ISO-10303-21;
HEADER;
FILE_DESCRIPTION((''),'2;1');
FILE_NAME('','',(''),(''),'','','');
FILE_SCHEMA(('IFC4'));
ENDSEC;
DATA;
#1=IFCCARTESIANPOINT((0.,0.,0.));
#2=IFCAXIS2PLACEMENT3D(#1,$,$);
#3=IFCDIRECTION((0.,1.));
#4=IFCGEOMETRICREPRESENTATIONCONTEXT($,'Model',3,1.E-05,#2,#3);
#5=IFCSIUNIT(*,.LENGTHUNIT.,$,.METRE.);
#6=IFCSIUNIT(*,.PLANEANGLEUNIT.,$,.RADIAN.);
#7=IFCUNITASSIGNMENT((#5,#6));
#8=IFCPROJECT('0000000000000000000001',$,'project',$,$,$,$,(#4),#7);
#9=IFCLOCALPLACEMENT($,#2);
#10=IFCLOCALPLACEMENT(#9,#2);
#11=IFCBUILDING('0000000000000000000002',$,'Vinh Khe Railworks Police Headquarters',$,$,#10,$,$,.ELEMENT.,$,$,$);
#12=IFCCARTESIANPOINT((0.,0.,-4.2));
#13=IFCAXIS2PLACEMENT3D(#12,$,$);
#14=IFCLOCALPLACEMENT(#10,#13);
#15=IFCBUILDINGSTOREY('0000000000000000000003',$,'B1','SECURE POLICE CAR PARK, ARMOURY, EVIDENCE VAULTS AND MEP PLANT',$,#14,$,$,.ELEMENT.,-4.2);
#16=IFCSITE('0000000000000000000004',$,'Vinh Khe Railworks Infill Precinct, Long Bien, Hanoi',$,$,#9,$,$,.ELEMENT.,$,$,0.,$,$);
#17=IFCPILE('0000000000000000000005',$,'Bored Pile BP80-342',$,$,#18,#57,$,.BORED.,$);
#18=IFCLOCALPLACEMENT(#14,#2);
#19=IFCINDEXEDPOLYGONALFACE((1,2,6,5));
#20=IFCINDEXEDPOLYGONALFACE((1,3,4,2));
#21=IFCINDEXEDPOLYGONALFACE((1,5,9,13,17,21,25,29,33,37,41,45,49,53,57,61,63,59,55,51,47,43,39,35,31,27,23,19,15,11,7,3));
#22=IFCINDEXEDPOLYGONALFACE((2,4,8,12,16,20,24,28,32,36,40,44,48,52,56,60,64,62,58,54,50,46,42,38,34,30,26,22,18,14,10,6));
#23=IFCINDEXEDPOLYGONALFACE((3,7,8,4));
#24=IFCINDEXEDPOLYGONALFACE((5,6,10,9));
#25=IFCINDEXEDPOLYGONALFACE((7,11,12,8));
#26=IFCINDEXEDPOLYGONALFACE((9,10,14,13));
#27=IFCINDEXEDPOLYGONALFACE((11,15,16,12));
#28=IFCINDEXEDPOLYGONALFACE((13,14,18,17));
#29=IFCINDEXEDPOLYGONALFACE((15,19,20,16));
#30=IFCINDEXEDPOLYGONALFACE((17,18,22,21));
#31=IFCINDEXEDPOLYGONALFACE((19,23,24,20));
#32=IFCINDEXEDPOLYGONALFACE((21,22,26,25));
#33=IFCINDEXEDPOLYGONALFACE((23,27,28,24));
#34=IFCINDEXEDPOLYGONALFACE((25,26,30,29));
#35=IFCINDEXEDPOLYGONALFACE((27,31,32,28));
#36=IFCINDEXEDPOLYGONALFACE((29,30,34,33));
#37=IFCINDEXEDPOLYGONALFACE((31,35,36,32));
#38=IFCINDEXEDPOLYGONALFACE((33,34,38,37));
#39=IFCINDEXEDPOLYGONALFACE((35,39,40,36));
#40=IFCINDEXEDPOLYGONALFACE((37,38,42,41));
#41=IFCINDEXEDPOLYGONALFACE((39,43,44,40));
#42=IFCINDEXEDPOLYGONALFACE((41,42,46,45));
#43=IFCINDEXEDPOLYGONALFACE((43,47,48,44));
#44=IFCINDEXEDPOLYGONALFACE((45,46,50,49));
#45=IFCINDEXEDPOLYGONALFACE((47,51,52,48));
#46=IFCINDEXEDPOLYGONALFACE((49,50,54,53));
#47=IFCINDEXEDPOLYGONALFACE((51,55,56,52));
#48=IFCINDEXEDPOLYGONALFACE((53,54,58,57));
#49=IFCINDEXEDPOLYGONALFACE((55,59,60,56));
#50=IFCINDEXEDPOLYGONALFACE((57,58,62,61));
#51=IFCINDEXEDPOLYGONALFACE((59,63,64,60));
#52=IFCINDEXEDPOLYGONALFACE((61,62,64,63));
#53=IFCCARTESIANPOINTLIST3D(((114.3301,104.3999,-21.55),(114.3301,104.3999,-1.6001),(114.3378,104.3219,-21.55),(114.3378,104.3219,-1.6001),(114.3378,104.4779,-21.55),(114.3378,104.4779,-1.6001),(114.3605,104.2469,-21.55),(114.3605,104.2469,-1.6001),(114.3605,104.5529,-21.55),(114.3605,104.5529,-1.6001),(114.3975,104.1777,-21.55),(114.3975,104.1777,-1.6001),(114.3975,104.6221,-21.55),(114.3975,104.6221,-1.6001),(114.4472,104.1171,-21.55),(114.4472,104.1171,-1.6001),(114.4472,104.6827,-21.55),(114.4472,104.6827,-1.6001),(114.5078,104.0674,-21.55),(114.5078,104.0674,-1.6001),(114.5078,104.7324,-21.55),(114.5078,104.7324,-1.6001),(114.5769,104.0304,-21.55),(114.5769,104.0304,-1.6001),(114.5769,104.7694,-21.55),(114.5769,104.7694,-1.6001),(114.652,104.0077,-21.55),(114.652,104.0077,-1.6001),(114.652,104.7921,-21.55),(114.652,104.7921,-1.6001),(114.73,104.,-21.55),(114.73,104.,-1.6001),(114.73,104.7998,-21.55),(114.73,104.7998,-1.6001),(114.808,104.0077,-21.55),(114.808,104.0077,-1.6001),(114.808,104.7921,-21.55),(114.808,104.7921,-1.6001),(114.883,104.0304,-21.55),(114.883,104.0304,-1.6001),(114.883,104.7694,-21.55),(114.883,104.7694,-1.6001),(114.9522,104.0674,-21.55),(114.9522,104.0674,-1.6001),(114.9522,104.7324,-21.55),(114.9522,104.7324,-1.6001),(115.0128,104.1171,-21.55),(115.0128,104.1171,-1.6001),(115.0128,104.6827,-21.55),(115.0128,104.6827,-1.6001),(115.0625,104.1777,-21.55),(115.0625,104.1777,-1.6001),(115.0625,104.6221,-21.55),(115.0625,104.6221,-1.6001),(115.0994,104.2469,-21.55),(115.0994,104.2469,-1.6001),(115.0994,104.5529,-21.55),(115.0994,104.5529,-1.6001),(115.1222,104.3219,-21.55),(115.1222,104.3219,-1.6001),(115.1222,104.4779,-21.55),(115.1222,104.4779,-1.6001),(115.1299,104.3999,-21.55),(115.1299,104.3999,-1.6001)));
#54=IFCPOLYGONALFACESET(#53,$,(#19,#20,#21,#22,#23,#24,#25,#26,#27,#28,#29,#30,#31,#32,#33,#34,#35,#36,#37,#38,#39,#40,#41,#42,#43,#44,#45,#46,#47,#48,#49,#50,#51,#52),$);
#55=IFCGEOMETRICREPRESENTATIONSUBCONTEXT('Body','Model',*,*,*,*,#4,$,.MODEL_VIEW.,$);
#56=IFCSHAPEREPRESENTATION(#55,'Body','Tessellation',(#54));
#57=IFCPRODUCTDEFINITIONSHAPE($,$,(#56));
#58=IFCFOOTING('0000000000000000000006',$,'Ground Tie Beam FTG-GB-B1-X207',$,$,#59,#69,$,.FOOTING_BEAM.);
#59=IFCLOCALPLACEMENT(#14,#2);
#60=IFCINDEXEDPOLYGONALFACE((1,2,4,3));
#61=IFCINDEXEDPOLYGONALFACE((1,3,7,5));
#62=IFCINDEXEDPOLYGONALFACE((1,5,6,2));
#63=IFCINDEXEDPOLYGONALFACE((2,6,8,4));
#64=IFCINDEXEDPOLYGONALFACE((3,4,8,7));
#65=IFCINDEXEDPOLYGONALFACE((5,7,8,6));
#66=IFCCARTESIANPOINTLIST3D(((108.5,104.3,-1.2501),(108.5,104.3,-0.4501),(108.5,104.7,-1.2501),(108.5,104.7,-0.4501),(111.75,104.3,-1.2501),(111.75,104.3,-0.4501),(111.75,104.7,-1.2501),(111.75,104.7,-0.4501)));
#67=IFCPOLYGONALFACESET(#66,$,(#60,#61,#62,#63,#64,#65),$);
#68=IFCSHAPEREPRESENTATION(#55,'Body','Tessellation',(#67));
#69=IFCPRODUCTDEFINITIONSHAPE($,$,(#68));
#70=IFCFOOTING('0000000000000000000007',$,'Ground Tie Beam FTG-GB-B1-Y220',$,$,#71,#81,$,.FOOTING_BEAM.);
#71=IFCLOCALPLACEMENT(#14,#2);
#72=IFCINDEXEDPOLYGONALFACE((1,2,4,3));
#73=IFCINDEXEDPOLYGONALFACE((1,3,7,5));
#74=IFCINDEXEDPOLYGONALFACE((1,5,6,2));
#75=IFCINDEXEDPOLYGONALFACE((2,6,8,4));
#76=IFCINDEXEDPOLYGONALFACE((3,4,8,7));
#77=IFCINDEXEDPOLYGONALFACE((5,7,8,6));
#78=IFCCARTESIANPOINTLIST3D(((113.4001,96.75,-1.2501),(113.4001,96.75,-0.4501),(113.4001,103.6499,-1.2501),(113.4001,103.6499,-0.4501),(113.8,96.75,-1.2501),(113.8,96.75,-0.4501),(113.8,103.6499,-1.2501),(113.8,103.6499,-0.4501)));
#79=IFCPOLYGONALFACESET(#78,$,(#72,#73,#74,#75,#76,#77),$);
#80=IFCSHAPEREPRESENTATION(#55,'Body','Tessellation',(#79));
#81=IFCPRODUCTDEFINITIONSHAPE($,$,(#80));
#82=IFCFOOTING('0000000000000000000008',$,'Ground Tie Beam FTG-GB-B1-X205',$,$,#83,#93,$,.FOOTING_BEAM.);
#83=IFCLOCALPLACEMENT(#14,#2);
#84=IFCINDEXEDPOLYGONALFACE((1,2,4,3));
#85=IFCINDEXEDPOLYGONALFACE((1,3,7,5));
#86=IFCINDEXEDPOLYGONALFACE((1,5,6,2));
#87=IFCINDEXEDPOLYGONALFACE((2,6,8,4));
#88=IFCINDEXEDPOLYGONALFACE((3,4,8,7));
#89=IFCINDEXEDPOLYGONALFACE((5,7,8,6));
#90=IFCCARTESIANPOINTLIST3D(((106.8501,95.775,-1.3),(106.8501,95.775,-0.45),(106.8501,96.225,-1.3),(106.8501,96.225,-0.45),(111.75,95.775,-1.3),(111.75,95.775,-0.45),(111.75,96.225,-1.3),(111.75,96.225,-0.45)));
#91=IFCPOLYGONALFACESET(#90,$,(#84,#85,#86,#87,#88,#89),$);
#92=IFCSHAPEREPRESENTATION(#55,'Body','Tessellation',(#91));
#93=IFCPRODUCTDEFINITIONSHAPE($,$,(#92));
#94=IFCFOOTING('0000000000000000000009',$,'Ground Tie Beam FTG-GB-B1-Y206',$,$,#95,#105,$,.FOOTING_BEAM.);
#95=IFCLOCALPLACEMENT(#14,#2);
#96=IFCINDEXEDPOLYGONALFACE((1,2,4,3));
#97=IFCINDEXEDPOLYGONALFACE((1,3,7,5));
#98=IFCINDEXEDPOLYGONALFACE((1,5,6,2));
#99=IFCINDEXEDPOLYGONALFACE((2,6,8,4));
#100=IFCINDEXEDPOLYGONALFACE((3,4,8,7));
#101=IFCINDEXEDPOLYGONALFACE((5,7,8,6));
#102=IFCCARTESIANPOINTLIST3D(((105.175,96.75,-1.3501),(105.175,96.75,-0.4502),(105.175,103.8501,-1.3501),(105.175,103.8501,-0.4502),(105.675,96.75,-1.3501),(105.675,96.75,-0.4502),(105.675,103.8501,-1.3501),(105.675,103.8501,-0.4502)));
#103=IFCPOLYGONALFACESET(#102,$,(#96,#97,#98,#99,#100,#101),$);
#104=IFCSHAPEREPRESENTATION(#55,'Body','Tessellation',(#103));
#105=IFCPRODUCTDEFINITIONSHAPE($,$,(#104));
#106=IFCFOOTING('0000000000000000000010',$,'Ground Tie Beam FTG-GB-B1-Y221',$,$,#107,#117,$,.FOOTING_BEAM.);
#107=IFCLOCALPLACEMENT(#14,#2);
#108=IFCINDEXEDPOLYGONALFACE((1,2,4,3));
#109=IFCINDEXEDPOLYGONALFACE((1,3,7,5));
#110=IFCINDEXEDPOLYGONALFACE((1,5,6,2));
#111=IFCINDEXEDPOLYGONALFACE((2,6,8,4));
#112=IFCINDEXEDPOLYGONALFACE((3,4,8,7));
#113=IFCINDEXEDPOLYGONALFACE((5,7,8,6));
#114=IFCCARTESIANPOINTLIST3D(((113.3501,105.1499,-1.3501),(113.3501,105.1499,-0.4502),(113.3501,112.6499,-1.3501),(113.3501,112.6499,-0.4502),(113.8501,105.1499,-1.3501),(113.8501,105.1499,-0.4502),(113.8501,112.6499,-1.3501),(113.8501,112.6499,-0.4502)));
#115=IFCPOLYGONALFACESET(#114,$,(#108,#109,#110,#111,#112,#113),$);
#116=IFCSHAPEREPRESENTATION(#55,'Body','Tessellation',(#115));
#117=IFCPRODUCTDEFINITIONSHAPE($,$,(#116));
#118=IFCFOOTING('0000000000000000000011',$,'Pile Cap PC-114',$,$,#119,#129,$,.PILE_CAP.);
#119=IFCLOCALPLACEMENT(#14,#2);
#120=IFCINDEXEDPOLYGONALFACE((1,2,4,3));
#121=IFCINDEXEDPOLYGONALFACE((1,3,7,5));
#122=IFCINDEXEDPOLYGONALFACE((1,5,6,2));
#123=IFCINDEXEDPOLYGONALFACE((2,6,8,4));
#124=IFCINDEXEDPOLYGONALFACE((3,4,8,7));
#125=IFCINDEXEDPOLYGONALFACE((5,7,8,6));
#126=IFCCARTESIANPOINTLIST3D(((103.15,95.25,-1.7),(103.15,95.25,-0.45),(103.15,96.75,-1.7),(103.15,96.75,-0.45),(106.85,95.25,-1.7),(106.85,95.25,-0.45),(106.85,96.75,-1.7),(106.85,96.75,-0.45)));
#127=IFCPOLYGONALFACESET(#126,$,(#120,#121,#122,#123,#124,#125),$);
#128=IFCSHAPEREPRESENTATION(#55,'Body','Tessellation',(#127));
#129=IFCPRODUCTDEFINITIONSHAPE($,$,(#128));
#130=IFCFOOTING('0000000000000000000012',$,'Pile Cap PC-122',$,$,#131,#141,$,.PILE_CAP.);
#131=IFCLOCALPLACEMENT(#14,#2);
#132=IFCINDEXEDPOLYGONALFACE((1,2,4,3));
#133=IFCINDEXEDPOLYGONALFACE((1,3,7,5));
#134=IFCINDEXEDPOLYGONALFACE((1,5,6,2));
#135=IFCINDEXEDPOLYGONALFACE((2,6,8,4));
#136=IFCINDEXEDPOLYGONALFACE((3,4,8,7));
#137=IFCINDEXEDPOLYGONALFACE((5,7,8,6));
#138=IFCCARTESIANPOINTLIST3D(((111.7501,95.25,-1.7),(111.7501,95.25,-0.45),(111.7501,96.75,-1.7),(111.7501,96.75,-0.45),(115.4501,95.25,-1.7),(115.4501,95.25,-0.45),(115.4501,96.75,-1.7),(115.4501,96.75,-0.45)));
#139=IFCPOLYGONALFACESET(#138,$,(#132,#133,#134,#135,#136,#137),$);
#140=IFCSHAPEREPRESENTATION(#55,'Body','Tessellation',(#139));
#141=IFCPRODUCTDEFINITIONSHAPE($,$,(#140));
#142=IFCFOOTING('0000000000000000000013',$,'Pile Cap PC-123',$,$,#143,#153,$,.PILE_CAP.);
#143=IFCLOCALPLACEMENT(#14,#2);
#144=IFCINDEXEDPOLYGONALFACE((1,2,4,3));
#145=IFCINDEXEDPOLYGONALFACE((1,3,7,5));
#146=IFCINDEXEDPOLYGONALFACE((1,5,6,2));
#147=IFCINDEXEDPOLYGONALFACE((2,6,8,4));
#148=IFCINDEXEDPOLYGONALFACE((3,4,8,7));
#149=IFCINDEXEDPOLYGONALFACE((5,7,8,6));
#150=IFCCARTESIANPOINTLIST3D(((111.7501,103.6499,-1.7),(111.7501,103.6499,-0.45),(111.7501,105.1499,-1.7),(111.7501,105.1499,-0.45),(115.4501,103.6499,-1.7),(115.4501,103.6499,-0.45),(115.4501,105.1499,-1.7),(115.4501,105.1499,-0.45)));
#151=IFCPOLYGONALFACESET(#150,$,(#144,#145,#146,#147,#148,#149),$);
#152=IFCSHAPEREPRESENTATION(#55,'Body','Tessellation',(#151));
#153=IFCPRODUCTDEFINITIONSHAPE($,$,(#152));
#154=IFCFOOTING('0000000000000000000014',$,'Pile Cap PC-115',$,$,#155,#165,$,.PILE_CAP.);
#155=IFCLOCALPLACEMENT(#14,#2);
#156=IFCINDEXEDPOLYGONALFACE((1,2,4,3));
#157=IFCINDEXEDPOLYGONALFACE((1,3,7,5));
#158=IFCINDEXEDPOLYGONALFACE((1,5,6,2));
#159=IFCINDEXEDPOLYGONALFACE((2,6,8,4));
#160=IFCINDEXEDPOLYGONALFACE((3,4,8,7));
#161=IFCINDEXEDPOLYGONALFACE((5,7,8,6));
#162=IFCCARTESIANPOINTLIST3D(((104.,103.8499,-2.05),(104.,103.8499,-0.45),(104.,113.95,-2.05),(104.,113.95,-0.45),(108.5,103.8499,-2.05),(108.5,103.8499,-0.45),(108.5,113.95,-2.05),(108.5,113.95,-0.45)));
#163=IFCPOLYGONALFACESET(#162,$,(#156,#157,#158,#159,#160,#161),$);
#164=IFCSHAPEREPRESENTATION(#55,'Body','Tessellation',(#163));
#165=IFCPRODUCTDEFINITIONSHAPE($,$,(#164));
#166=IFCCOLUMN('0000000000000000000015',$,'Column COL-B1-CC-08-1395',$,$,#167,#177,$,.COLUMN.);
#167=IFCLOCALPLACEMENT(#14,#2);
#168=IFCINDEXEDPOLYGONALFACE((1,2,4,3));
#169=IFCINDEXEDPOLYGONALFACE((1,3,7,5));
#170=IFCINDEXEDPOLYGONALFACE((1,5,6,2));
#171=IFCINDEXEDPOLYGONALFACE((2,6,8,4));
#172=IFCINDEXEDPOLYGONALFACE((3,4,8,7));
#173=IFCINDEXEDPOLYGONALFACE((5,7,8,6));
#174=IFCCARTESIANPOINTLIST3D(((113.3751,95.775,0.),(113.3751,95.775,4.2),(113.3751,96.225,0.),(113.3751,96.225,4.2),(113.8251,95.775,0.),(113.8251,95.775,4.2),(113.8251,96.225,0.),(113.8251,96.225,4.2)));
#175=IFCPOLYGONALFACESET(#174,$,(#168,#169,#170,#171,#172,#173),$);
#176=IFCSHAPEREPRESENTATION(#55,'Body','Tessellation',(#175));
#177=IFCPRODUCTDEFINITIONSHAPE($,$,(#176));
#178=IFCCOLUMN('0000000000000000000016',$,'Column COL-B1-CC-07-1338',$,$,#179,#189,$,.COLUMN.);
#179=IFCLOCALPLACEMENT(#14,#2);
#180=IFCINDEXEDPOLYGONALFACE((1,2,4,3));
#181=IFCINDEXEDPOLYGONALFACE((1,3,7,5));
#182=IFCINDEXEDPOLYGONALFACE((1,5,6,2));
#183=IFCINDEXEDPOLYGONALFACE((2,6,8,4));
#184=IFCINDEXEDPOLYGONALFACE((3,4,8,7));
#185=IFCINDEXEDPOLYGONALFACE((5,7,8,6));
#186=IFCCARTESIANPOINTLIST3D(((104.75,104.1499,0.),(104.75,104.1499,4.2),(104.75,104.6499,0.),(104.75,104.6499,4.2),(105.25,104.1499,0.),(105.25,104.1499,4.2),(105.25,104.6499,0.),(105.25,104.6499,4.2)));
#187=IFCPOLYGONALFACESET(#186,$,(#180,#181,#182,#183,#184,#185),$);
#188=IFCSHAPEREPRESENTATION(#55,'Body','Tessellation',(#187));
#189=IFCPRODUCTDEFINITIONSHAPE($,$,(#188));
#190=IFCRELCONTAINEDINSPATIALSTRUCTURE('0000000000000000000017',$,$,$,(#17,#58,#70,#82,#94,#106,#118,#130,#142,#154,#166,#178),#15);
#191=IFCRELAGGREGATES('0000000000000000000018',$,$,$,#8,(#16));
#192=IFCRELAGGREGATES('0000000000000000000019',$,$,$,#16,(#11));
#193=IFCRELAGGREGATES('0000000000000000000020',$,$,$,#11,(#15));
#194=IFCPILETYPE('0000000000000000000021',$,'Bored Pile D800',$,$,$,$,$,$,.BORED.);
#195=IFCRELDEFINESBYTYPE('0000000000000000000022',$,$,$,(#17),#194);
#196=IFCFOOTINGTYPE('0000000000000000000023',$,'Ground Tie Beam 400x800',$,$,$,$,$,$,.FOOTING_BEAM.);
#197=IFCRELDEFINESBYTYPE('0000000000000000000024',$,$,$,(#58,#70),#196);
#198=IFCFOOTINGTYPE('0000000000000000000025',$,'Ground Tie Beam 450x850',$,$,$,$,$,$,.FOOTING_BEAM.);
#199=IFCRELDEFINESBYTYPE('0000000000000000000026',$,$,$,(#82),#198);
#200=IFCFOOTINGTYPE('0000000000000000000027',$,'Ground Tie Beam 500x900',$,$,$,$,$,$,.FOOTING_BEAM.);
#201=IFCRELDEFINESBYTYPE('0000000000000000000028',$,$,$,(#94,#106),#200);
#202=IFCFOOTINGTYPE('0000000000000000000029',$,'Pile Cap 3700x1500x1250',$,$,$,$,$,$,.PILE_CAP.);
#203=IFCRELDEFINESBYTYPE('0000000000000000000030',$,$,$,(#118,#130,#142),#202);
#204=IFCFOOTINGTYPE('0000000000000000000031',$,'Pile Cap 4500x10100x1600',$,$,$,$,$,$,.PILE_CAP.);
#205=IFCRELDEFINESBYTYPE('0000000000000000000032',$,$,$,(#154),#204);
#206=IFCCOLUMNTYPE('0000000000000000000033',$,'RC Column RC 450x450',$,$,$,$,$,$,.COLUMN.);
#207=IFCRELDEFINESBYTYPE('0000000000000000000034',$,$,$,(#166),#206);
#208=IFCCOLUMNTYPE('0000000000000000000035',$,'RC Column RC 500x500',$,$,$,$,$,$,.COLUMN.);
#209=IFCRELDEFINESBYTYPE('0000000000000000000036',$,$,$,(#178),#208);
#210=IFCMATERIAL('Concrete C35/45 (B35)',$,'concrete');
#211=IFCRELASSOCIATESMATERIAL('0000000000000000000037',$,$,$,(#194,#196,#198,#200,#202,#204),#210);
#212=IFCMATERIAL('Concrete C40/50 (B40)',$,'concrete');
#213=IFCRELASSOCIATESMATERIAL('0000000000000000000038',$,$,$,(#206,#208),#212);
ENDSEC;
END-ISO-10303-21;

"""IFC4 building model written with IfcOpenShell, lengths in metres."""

from ifc_helpers import new_model, si_unit, direction, frame, origin, origin_2d, place, context, subcontext, project, spatial, rectangle, circle, extrude, material, material_profile, profile_set, type_object, element, save


model = new_model("IFC4")

# Units and contexts
model_context = context("Model", 3, precision=1e-05, world=origin(), true_north=direction((0.0, 1.0)))
body_context = subcontext(model_context, "Body", "Model", "MODEL_VIEW")
ifc_project = project(units=[si_unit("LENGTHUNIT", "METRE"), si_unit("PLANEANGLEUNIT", "RADIAN")], contexts=[model_context])

# Site, building, storey
site_placement = place(None, origin())
site = spatial("IfcSite", under=ifc_project, at=site_placement, Name="Vinh Khe Railworks Infill Precinct, Long Bien, Hanoi", CompositionType="ELEMENT", RefElevation=0.0)
building_placement = place(site_placement, origin())
building = spatial("IfcBuilding", under=site, at=building_placement, Name="Vinh Khe Railworks Police Headquarters", CompositionType="ELEMENT")
storey_placement = place(building_placement, frame((0.0, 0.0, -4.2)))
storey = spatial("IfcBuildingStorey", under=building, at=storey_placement, Name="B1", Description="SECURE POLICE CAR PARK, ARMOURY, EVIDENCE VAULTS AND MEP PLANT", CompositionType="ELEMENT", Elevation=-4.2)

# Pile
ifc_material_1 = material(Name="Concrete C35/45 (B35)", Category="concrete")
ifc_material_profile_1 = material_profile(ifc_material_1, circle(Radius=0.3999, at=origin_2d()), Name="BORED PILE D800")
ifc_profile_set_1 = profile_set([ifc_material_profile_1], Name="Concrete C35/45 (B35)")
pile_type_1 = type_object("IfcPileType", Name="Bored Pile D800", PredefinedType="BORED", material=ifc_profile_set_1)
for number, where, z_axis, x_axis, name in (
    (1, (114.73, 104.3999, -1.6001), (0.0, 0.0, -1.0), (1.0, 0.0, 0.0), "Bored Pile BP80-342"),
):
    element("IfcPile", number, at=place(storey_placement, frame(where, z_axis=z_axis, x_axis=x_axis)), inside=storey, type_object=pile_type_1, Name=name, PredefinedType="BORED", context=body_context, shape_type="SweptSolid", body=[
        extrude(circle(Radius=0.3999, at=origin_2d()), origin(), (0.0, 0.0, 1.0), 19.95),
    ])

# Footings
ifc_material_profile_2 = material_profile(ifc_material_1, rectangle(XDim=0.3999, YDim=0.8, at=origin_2d()), Name="RC 400x800")
ifc_profile_set_2 = profile_set([ifc_material_profile_2], Name="Concrete C35/45 (B35)")
footing_type_1 = type_object("IfcFootingType", Name="Ground Tie Beam 400x800", PredefinedType="FOOTING_BEAM", material=ifc_profile_set_2)
footing_1_placement = place(storey_placement, frame((108.5, 104.5, -0.8501), z_axis=(1.0, 0.0, 0.0), x_axis=(0.0, 1.0, 0.0)))
element("IfcFooting", 2, at=footing_1_placement, inside=storey, type_object=footing_type_1, Name="Ground Tie Beam FTG-GB-B1-X207", PredefinedType="FOOTING_BEAM", context=body_context, shape_type="SweptSolid", body=[
    extrude(rectangle(XDim=0.3999, YDim=0.8, at=origin_2d()), origin(), (0.0, 0.0, 1.0), 3.25),
])
footing_2_placement = place(storey_placement, frame((113.6001, 96.75, -0.8501), z_axis=(0.0, 1.0, 0.0), x_axis=(-1.0, 0.0, 0.0)))
element("IfcFooting", 3, at=footing_2_placement, inside=storey, type_object=footing_type_1, Name="Ground Tie Beam FTG-GB-B1-Y220", PredefinedType="FOOTING_BEAM", context=body_context, shape_type="SweptSolid", body=[
    extrude(rectangle(XDim=0.3999, YDim=0.8, at=origin_2d()), origin(), (0.0, 0.0, 1.0), 6.8999),
])
ifc_material_profile_3 = material_profile(ifc_material_1, rectangle(XDim=0.45, YDim=0.8501, at=origin_2d()), Name="RC 450x850")
ifc_profile_set_3 = profile_set([ifc_material_profile_3], Name="Concrete C35/45 (B35)")
footing_type_2 = type_object("IfcFootingType", Name="Ground Tie Beam 450x850", PredefinedType="FOOTING_BEAM", material=ifc_profile_set_3)
footing_3_placement = place(storey_placement, frame((106.8501, 96.0, -0.875), z_axis=(1.0, 0.0, 0.0), x_axis=(0.0, 1.0, 0.0)))
element("IfcFooting", 4, at=footing_3_placement, inside=storey, type_object=footing_type_2, Name="Ground Tie Beam FTG-GB-B1-X205", PredefinedType="FOOTING_BEAM", context=body_context, shape_type="SweptSolid", body=[
    extrude(rectangle(XDim=0.45, YDim=0.8501, at=origin_2d()), origin(), (0.0, 0.0, 1.0), 4.8999),
])
ifc_material_profile_4 = material_profile(ifc_material_1, rectangle(XDim=0.5, YDim=0.8999, at=origin_2d()), Name="RC 500x900")
ifc_profile_set_4 = profile_set([ifc_material_profile_4], Name="Concrete C35/45 (B35)")
footing_type_3 = type_object("IfcFootingType", Name="Ground Tie Beam 500x900", PredefinedType="FOOTING_BEAM", material=ifc_profile_set_4)
footing_4_placement = place(storey_placement, frame((105.425, 96.75, -0.9001), z_axis=(0.0, 1.0, 0.0), x_axis=(-1.0, 0.0, 0.0)))
element("IfcFooting", 5, at=footing_4_placement, inside=storey, type_object=footing_type_3, Name="Ground Tie Beam FTG-GB-B1-Y206", PredefinedType="FOOTING_BEAM", context=body_context, shape_type="SweptSolid", body=[
    extrude(rectangle(XDim=0.5, YDim=0.8999, at=origin_2d()), origin(), (0.0, 0.0, 1.0), 7.1001),
])
footing_5_placement = place(storey_placement, frame((113.6001, 105.1499, -0.9001), z_axis=(0.0, 1.0, 0.0), x_axis=(-1.0, 0.0, 0.0)))
element("IfcFooting", 6, at=footing_5_placement, inside=storey, type_object=footing_type_3, Name="Ground Tie Beam FTG-GB-B1-Y221", PredefinedType="FOOTING_BEAM", context=body_context, shape_type="SweptSolid", body=[
    extrude(rectangle(XDim=0.5, YDim=0.8999, at=origin_2d()), origin(), (0.0, 0.0, 1.0), 7.5),
])
footing_type_4 = type_object("IfcFootingType", Name="Pile Cap 3700x1500x1250", PredefinedType="PILE_CAP", material=ifc_material_1)
for number, where, z_axis, x_axis, name in (
    (7, (105.0, 96.0, -1.7), (0.0, 0.0, 1.0), (1.0, 0.0, 0.0), "Pile Cap PC-114"),
    (8, (113.6001, 96.0, -1.7), (0.0, 0.0, 1.0), (1.0, 0.0, 0.0), "Pile Cap PC-122"),
    (9, (113.6001, 104.3999, -1.7), (0.0, 0.0, 1.0), (1.0, 0.0, 0.0), "Pile Cap PC-123"),
):
    element("IfcFooting", number, at=place(storey_placement, frame(where, z_axis=z_axis, x_axis=x_axis)), inside=storey, type_object=footing_type_4, Name=name, PredefinedType="PILE_CAP", context=body_context, shape_type="SweptSolid", body=[
        extrude(rectangle(XDim=3.7, YDim=1.5, at=origin_2d()), origin(), (0.0, 0.0, 1.0), 1.25),
    ])
footing_type_5 = type_object("IfcFootingType", Name="Pile Cap 4500x10100x1600", PredefinedType="PILE_CAP", material=ifc_material_1)
footing_6_placement = place(storey_placement, frame((106.25, 108.8999, -2.05), z_axis=(0.0, 0.0, 1.0), x_axis=(1.0, 0.0, 0.0)))
element("IfcFooting", 10, at=footing_6_placement, inside=storey, type_object=footing_type_5, Name="Pile Cap PC-115", PredefinedType="PILE_CAP", context=body_context, shape_type="SweptSolid", body=[
    extrude(rectangle(XDim=4.5, YDim=10.1001, at=origin_2d()), origin(), (0.0, 0.0, 1.0), 1.6001),
])

# Columns
ifc_material_2 = material(Name="Concrete C40/50 (B40)", Category="concrete")
ifc_material_profile_5 = material_profile(ifc_material_2, rectangle(XDim=0.45, YDim=0.45, at=origin_2d()), Name="RC 450x450")
ifc_profile_set_5 = profile_set([ifc_material_profile_5], Name="Concrete C40/50 (B40)")
column_type_1 = type_object("IfcColumnType", Name="RC Column RC 450x450", PredefinedType="COLUMN", material=ifc_profile_set_5)
column_1_placement = place(storey_placement, frame((113.6001, 96.0, 0.0), z_axis=(0.0, 0.0, 1.0), x_axis=(1.0, 0.0, 0.0)))
element("IfcColumn", 11, at=column_1_placement, inside=storey, type_object=column_type_1, Name="Column COL-B1-CC-08-1395", PredefinedType="COLUMN", context=body_context, shape_type="SweptSolid", body=[
    extrude(rectangle(XDim=0.45, YDim=0.45, at=origin_2d()), origin(), (0.0, 0.0, 1.0), 4.2),
])
ifc_material_profile_6 = material_profile(ifc_material_2, rectangle(XDim=0.5, YDim=0.5, at=origin_2d()), Name="RC 500x500")
ifc_profile_set_6 = profile_set([ifc_material_profile_6], Name="Concrete C40/50 (B40)")
column_type_2 = type_object("IfcColumnType", Name="RC Column RC 500x500", PredefinedType="COLUMN", material=ifc_profile_set_6)
column_2_placement = place(storey_placement, frame((105.0, 104.3999, 0.0), z_axis=(0.0, 0.0, 1.0), x_axis=(1.0, 0.0, 0.0)))
element("IfcColumn", 12, at=column_2_placement, inside=storey, type_object=column_type_2, Name="Column COL-B1-CC-07-1338", PredefinedType="COLUMN", context=body_context, shape_type="SweptSolid", body=[
    extrude(rectangle(XDim=0.5, YDim=0.5, at=origin_2d()), origin(), (0.0, 0.0, 1.0), 4.2),
])

save(model, "model.ifc")
